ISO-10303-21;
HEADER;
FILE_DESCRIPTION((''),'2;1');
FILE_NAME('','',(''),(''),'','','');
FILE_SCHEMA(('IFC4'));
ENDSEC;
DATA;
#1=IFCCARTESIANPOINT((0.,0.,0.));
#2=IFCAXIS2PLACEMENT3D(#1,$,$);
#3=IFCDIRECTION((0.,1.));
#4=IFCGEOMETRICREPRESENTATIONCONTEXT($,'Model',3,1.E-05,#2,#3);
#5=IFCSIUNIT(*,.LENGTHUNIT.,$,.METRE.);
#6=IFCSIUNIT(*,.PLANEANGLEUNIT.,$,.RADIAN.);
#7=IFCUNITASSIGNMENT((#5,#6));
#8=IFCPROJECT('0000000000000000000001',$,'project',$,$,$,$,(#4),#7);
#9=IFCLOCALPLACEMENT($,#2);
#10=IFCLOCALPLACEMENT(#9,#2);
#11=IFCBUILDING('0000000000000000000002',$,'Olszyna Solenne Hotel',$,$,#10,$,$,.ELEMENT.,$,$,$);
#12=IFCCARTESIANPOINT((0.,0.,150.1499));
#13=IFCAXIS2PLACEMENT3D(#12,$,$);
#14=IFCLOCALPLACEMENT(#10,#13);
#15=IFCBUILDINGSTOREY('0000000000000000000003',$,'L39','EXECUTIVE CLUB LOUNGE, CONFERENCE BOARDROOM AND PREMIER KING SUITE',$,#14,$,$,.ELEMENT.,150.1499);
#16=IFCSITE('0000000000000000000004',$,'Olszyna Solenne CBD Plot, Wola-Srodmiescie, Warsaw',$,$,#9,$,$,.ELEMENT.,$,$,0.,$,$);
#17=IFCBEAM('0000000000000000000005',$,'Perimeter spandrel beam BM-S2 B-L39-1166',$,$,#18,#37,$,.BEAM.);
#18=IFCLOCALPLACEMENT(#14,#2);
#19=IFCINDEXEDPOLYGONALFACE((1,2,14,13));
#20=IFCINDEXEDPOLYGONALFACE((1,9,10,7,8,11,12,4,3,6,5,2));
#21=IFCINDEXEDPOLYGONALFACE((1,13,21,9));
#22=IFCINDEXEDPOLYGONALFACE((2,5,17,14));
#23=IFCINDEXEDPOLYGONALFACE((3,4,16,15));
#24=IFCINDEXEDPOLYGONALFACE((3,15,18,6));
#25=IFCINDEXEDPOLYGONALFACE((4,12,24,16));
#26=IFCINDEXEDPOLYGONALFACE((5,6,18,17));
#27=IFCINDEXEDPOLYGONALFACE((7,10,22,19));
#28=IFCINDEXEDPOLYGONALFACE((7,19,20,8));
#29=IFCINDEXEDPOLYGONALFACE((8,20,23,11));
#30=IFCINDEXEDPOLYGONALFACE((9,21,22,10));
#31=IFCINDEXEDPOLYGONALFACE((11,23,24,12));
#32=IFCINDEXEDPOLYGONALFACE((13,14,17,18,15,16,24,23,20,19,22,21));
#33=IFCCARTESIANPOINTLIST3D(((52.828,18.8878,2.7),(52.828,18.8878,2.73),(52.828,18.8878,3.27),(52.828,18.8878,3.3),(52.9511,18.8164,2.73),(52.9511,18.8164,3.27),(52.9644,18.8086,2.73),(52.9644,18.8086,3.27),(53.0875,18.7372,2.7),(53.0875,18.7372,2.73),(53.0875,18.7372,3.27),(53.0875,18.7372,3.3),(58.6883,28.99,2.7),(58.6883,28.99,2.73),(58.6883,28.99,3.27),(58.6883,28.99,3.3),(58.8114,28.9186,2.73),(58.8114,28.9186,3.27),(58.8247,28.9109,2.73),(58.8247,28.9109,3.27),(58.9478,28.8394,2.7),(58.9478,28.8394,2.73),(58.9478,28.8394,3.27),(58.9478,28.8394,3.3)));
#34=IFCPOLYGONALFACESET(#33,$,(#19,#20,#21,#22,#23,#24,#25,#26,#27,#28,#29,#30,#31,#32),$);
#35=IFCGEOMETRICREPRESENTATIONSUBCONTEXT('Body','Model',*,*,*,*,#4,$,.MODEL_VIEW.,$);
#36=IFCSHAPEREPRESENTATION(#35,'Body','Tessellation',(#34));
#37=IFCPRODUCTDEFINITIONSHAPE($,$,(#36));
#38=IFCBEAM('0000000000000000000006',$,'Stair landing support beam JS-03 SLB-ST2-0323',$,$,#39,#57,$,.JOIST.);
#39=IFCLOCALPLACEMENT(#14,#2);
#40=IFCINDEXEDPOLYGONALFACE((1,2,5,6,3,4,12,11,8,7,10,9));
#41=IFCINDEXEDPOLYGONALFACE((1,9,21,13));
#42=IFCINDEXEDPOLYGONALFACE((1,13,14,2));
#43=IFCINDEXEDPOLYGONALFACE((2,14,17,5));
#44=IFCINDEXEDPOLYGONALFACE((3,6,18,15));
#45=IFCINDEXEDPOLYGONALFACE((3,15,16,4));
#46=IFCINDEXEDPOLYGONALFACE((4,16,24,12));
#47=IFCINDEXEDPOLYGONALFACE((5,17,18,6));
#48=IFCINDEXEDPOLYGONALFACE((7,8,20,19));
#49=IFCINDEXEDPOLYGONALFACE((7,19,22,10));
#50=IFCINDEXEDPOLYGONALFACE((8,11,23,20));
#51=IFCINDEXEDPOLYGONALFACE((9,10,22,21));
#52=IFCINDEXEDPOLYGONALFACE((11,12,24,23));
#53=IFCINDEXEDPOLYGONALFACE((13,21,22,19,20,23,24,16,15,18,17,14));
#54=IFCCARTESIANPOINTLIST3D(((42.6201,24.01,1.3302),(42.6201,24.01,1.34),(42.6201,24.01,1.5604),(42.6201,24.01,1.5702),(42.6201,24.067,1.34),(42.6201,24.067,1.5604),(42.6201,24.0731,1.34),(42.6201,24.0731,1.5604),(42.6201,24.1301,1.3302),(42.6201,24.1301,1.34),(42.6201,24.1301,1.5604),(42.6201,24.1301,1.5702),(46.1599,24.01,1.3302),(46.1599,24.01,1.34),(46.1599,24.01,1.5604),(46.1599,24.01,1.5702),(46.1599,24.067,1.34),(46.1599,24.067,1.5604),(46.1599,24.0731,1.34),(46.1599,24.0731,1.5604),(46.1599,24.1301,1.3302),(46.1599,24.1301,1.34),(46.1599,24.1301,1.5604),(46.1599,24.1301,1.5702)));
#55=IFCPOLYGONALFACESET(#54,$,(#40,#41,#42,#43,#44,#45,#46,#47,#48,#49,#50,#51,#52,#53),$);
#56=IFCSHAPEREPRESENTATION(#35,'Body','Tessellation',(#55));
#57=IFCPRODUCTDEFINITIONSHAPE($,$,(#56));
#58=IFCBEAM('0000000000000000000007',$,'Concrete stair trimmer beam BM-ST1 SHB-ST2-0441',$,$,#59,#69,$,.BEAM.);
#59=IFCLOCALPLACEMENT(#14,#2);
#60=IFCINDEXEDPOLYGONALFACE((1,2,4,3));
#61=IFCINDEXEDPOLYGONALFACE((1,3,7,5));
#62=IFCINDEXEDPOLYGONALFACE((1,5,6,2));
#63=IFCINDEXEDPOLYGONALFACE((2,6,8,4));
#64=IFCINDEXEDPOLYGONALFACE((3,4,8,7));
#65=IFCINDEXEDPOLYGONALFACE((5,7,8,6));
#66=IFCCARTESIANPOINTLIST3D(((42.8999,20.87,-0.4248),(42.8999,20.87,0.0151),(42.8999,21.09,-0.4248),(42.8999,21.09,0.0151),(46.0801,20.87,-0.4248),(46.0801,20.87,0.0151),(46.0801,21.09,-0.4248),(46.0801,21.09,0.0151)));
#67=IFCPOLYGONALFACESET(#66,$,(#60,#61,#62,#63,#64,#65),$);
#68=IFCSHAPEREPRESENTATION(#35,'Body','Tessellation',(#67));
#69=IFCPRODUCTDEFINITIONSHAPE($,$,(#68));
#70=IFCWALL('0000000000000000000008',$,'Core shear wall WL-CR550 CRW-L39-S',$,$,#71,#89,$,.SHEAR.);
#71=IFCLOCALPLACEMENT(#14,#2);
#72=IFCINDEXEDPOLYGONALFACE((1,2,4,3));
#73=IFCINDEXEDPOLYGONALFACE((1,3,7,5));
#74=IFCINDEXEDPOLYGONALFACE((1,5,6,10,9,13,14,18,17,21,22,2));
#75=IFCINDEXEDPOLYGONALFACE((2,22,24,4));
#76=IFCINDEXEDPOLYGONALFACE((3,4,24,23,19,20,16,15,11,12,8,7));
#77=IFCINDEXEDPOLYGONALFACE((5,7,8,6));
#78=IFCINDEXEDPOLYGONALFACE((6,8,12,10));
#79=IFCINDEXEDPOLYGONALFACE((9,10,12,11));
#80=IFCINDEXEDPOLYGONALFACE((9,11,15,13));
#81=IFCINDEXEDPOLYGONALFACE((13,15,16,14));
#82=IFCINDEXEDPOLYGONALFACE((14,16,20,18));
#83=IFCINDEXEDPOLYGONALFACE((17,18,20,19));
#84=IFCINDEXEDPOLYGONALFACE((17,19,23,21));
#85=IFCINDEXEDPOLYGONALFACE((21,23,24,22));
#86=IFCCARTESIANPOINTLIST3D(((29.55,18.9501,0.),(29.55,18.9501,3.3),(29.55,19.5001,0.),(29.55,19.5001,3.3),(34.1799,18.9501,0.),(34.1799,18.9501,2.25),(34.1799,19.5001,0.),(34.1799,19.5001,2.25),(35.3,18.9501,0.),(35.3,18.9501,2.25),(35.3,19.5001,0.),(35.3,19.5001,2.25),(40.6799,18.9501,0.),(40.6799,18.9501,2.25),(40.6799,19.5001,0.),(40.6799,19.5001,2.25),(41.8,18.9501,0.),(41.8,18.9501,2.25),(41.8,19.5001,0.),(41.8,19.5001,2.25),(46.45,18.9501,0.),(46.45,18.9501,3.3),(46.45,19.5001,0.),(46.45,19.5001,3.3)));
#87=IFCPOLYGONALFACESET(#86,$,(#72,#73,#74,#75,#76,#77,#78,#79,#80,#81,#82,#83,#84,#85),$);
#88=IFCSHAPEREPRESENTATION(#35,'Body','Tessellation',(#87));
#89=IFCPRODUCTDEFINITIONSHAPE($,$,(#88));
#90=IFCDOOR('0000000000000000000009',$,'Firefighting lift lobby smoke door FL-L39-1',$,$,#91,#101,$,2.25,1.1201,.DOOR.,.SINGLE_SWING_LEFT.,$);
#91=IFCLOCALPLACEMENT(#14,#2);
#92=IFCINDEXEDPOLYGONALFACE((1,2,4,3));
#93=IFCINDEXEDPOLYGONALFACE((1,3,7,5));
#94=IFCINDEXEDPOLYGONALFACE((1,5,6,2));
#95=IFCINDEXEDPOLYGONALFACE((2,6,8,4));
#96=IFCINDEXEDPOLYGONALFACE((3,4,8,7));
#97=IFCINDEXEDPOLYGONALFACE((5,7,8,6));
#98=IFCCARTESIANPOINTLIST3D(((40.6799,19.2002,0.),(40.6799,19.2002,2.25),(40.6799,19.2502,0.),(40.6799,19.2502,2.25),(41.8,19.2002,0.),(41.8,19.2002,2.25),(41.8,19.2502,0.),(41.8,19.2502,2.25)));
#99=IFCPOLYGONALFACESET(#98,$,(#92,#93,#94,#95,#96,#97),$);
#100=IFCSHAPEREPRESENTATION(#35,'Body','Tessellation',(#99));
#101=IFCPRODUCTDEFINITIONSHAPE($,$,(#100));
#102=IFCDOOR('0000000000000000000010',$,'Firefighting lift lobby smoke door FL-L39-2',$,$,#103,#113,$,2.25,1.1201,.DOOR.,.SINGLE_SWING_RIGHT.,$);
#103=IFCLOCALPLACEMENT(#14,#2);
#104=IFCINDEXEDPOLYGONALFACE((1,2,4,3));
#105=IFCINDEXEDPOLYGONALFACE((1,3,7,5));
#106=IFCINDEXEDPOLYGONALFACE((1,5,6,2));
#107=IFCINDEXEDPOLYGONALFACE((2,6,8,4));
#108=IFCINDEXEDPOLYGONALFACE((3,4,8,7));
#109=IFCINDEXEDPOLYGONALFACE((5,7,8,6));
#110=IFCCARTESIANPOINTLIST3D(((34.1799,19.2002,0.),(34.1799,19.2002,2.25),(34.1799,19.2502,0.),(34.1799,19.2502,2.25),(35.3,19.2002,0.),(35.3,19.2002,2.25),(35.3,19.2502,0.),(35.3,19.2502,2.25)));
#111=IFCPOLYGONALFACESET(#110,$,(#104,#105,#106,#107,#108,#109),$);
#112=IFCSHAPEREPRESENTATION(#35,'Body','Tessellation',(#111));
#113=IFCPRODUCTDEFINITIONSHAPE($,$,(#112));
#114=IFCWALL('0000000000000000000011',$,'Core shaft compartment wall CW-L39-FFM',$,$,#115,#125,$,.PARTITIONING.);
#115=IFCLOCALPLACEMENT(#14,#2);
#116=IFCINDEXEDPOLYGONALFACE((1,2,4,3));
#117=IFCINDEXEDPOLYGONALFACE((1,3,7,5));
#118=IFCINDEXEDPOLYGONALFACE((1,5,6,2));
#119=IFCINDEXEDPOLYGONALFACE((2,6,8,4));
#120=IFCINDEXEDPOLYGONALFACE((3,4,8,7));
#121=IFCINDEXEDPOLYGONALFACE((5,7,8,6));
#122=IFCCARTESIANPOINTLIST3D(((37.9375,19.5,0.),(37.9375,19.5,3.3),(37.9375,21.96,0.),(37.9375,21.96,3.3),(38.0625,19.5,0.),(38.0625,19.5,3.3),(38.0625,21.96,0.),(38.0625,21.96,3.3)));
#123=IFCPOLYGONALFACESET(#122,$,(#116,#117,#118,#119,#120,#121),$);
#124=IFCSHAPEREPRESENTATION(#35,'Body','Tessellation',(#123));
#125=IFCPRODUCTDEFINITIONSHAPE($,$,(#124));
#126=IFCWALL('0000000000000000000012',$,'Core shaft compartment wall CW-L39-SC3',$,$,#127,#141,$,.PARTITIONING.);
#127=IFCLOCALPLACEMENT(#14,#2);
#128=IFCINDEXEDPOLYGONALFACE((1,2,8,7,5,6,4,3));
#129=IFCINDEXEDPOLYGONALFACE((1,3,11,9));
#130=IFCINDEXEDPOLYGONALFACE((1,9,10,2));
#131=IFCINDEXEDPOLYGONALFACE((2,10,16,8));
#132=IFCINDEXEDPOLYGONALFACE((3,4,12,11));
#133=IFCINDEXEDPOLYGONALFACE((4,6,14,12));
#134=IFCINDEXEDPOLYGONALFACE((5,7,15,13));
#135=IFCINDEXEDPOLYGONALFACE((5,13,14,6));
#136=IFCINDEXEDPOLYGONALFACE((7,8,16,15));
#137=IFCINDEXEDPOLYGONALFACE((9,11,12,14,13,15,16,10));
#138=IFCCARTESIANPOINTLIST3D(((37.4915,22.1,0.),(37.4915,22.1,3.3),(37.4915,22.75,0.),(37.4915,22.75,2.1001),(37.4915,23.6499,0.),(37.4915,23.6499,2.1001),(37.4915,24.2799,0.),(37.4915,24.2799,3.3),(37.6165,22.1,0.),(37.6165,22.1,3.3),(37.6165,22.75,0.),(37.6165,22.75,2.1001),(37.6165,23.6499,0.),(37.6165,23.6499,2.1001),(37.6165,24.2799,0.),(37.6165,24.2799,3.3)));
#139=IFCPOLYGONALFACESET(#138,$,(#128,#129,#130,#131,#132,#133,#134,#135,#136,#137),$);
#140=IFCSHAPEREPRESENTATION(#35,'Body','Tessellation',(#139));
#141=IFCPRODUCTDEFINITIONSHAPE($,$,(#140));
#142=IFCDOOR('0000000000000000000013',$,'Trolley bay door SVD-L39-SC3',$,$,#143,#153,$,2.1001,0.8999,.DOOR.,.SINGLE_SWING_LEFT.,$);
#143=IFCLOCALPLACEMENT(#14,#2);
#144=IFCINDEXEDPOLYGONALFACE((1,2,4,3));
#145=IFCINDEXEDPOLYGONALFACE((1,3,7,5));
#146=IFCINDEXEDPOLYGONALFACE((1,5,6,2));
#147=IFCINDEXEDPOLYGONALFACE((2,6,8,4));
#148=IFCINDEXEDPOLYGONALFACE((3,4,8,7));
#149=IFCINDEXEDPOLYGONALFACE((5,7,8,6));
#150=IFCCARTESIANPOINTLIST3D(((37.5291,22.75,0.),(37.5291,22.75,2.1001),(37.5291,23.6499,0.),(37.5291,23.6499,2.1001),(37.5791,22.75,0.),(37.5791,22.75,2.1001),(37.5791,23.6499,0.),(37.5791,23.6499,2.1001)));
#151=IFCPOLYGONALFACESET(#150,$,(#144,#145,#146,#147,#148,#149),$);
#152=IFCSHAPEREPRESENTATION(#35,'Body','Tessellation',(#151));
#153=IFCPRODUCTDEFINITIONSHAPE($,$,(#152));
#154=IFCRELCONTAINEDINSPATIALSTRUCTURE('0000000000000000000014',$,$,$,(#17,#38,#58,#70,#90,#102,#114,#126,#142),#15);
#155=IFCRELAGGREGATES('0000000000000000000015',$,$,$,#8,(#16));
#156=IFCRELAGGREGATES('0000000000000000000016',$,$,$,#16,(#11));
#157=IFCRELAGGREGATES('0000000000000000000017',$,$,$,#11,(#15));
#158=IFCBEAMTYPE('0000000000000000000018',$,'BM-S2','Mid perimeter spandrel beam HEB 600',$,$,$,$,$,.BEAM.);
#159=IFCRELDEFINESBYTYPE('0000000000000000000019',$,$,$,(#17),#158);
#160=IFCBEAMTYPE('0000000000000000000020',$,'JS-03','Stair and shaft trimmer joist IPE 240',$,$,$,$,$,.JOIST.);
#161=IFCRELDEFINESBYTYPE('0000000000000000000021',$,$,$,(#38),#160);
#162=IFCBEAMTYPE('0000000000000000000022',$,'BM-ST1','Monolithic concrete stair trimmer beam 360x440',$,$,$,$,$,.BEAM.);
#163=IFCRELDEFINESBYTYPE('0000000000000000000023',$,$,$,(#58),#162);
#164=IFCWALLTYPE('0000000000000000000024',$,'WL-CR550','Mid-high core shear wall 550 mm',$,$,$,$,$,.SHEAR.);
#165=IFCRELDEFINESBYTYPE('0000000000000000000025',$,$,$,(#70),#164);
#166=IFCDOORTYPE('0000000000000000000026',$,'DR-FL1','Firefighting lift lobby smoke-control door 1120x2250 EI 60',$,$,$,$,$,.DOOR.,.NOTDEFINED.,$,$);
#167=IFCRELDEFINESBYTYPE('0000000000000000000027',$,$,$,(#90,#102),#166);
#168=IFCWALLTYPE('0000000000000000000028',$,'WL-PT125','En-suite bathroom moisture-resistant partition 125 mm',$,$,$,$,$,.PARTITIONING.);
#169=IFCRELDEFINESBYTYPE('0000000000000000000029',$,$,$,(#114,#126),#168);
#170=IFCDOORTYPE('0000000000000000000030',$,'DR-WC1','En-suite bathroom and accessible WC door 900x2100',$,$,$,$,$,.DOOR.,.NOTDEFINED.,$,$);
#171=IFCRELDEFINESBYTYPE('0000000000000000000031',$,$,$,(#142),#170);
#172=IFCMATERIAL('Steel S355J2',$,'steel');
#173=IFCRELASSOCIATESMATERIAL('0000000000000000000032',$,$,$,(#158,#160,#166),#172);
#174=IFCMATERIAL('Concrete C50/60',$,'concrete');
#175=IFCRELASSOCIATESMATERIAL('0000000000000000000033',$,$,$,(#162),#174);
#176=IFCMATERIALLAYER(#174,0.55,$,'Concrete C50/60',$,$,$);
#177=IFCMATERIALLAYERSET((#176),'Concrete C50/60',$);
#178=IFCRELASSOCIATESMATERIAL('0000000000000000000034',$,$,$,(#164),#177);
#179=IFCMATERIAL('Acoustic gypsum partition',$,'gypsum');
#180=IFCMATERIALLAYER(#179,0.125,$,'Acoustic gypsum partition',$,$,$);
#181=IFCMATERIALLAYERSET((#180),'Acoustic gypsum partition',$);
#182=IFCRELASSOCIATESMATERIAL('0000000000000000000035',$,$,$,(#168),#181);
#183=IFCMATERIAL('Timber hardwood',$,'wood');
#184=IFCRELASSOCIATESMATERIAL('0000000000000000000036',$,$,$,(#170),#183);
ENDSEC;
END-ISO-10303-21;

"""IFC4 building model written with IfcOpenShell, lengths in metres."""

from ifc_helpers import new_model, si_unit, direction, frame, frame_2d, origin, origin_2d, place, context, subcontext, project, spatial, rectangle, i_section, extrude, source, transform, mapped, material, layer, layer_set, material_profile, profile_set, type_object, type_shapes, element, fill, save


model = new_model("IFC4")

# Units and contexts
model_context = context("Model", 3, precision=1e-05, world=origin(), true_north=direction((0.0, 1.0)))
body_context = subcontext(model_context, "Body", "Model", "MODEL_VIEW")
ifc_project = project(units=[si_unit("LENGTHUNIT", "METRE"), si_unit("PLANEANGLEUNIT", "RADIAN")], contexts=[model_context])

# Site, building, storey
site_placement = place(None, origin())
site = spatial("IfcSite", under=ifc_project, at=site_placement, Name="Olszyna Solenne CBD Plot, Wola-Srodmiescie, Warsaw", CompositionType="ELEMENT", RefElevation=0.0)
building_placement = place(site_placement, origin())
building = spatial("IfcBuilding", under=site, at=building_placement, Name="Olszyna Solenne Hotel", CompositionType="ELEMENT")
storey_placement = place(building_placement, frame((0.0, 0.0, 150.1499)))
storey = spatial("IfcBuildingStorey", under=building, at=storey_placement, Name="L39", Description="EXECUTIVE CLUB LOUNGE, CONFERENCE BOARDROOM AND PREMIER KING SUITE", CompositionType="ELEMENT", Elevation=150.1499)

# Beams
ifc_material_1 = material(Name="Steel S355J2", Category="steel")
ifc_material_profile_1 = material_profile(ifc_material_1, i_section(OverallWidth=0.3, OverallDepth=0.6001, WebThickness=0.0154, FlangeThickness=0.03, at=origin_2d()), Name="HEB 600", Category="load-bearing")
ifc_profile_set_1 = profile_set([ifc_material_profile_1], Name="Steel S355J2")
beam_type_1 = type_object("IfcBeamType", Name="BM-S2", Description="Mid perimeter spandrel beam HEB 600", PredefinedType="BEAM", material=ifc_profile_set_1)
shared_shape_1 = source(origin(), body_context, "Body", "SweptSolid", [
    extrude(i_section(OverallWidth=0.3, OverallDepth=0.6001, WebThickness=0.0154, FlangeThickness=0.03, at=origin_2d()), origin(), (0.0, 0.0, 1.0), 11.679),
])
beam_1_placement = place(storey_placement, frame((52.9578, 18.8125, 3.0), z_axis=(0.501783, 0.864993, 0.0), x_axis=(-0.864993, 0.501783, 0.0)))
element("IfcBeam", 1, at=beam_1_placement, inside=storey, type_object=beam_type_1, Name="Perimeter spandrel beam BM-S2 B-L39-1166", PredefinedType="BEAM", context=body_context, shape_type="MappedRepresentation", body=[
    mapped(shared_shape_1, transform((0.0, 0.0, 0.0), x_axis=(1.0, 0.0, 0.0), y_axis=(0.0, 1.0, 0.0), z_axis=(0.0, 0.0, 1.0), scale=1.0)),
])
ifc_material_profile_2 = material_profile(ifc_material_1, i_section(OverallWidth=0.1201, OverallDepth=0.24, WebThickness=0.0061, FlangeThickness=0.0098, at=origin_2d()), Name="IPE 240", Category="load-bearing")
ifc_profile_set_2 = profile_set([ifc_material_profile_2], Name="Steel S355J2")
beam_type_2 = type_object("IfcBeamType", Name="JS-03", Description="Stair and shaft trimmer joist IPE 240", PredefinedType="JOIST", material=ifc_profile_set_2)
shared_shape_2 = source(origin(), body_context, "Body", "SweptSolid", [
    extrude(i_section(OverallWidth=0.1201, OverallDepth=0.24, WebThickness=0.0061, FlangeThickness=0.0098, at=origin_2d()), origin(), (0.0, 0.0, 1.0), 3.5398),
])
beam_2_placement = place(storey_placement, frame((46.1599, 24.0701, 1.4502), z_axis=(-1.0, 0.0, 0.0), x_axis=(0.0, -1.0, 0.0)))
element("IfcBeam", 2, at=beam_2_placement, inside=storey, type_object=beam_type_2, Name="Stair landing support beam JS-03 SLB-ST2-0323", PredefinedType="JOIST", context=body_context, shape_type="MappedRepresentation", body=[
    mapped(shared_shape_2, transform((0.0, 0.0, 0.0), x_axis=(1.0, 0.0, 0.0), y_axis=(0.0, 1.0, 0.0), z_axis=(0.0, 0.0, 1.0), scale=1.0)),
])
ifc_material_2 = material(Name="Concrete C50/60", Category="concrete")
ifc_material_profile_3 = material_profile(ifc_material_2, rectangle(XDim=0.22, YDim=0.4399, at=origin_2d()), Name="RC 220x440", Category="load-bearing")
ifc_profile_set_3 = profile_set([ifc_material_profile_3], Name="Concrete C50/60")
beam_type_3 = type_object("IfcBeamType", Name="BM-ST1", Description="Monolithic concrete stair trimmer beam 360x440", PredefinedType="BEAM", material=ifc_profile_set_3)
shared_shape_3 = source(origin(), body_context, "Body", "SweptSolid", [
    extrude(rectangle(XDim=0.22, YDim=0.4399, at=origin_2d()), origin(), (0.0, 0.0, 1.0), 3.1802),
])
beam_3_placement = place(storey_placement, frame((46.0801, 20.98, -0.2048), z_axis=(-1.0, 0.0, 0.0), x_axis=(0.0, -1.0, 0.0)))
element("IfcBeam", 3, at=beam_3_placement, inside=storey, type_object=beam_type_3, Name="Concrete stair trimmer beam BM-ST1 SHB-ST2-0441", PredefinedType="BEAM", context=body_context, shape_type="MappedRepresentation", body=[
    mapped(shared_shape_3, transform((0.0, 0.0, 0.0), x_axis=(1.0, 0.0, 0.0), y_axis=(0.0, 1.0, 0.0), z_axis=(0.0, 0.0, 1.0), scale=1.0)),
])

# Wall, openings, doors
ifc_layer_1 = layer(ifc_material_2, 0.55, Name="Concrete C50/60")
ifc_layer_set_1 = layer_set([ifc_layer_1], Name="Concrete C50/60")
wall_type_1 = type_object("IfcWallType", Name="WL-CR550", Description="Mid-high core shear wall 550 mm", PredefinedType="SHEAR", material=ifc_layer_set_1)
wall_1_placement = place(storey_placement, frame((46.45, 19.2251, 0.0), z_axis=(0.0, 0.0, 1.0), x_axis=(-1.0, 0.0, 0.0)))
wall_1 = element("IfcWall", 4, at=wall_1_placement, inside=storey, type_object=wall_type_1, Name="Core shear wall WL-CR550 CRW-L39-S", PredefinedType="SHEAR", context=body_context, shape_type="SweptSolid", body=[
    extrude(rectangle(XDim=16.8999, YDim=0.55, at=frame_2d((8.45, 0.0))), origin(), (0.0, 0.0, 1.0), 3.3),
])
opening_1_placement = place(wall_1_placement, frame((4.6499, 0.0, 0.0)))
opening_1 = element("IfcOpeningElement", 5, at=opening_1_placement, cuts=wall_1, PredefinedType="OPENING", context=body_context, shape_type="SweptSolid", body=[
    extrude(rectangle(XDim=1.1201, YDim=2.25, at=frame_2d((0.5601, 1.125))), frame((0.0, 0.2852, 0.0), z_axis=(0.0, -1.0, 0.0), x_axis=(1.0, 0.0, 0.0)), (0.0, 0.0, 1.0), 0.5701),
])
opening_2_placement = place(wall_1_placement, frame((11.1499, 0.0, 0.0)))
opening_2 = element("IfcOpeningElement", 6, at=opening_2_placement, cuts=wall_1, PredefinedType="OPENING", context=body_context, shape_type="SweptSolid", body=[
    extrude(rectangle(XDim=1.1201, YDim=2.25, at=frame_2d((0.5601, 1.125))), frame((0.0, 0.2852, 0.0), z_axis=(0.0, -1.0, 0.0), x_axis=(1.0, 0.0, 0.0)), (0.0, 0.0, 1.0), 0.5701),
])
door_type_1 = type_object("IfcDoorType", Name="DR-FL1", Description="Firefighting lift lobby smoke-control door 1120x2250 EI 60", OperationType="NOTDEFINED", PredefinedType="DOOR", material=ifc_material_1)
shared_shape_4 = source(origin(), body_context, "Body", "SweptSolid", [
    extrude(rectangle(XDim=1.1201, YDim=2.25, at=frame_2d((0.5601, 1.125))), frame((0.0, 0.0249, 0.0), z_axis=(0.0, -1.0, 0.0), x_axis=(1.0, 0.0, 0.0)), (0.0, 0.0, 1.0), 0.05),
])
type_shapes(door_type_1, [shared_shape_4])
door_1_placement = place(opening_1_placement, origin())
door_1 = element("IfcDoor", 7, at=door_1_placement, inside=storey, type_object=door_type_1, Name="Firefighting lift lobby smoke door FL-L39-1", OperationType="SINGLE_SWING_LEFT", OverallHeight=2.25, OverallWidth=1.1201, PredefinedType="DOOR", context=body_context, shape_type="MappedRepresentation", body=[
    mapped(shared_shape_4, transform((0.0, 0.0, 0.0), x_axis=(1.0, 0.0, 0.0), y_axis=(0.0, 1.0, 0.0), z_axis=(0.0, 0.0, 1.0), scale=1.0)),
])
fill(opening_1, door_1)
door_2_placement = place(opening_2_placement, origin())
door_2 = element("IfcDoor", 8, at=door_2_placement, inside=storey, type_object=door_type_1, Name="Firefighting lift lobby smoke door FL-L39-2", OperationType="SINGLE_SWING_RIGHT", OverallHeight=2.25, OverallWidth=1.1201, PredefinedType="DOOR", context=body_context, shape_type="MappedRepresentation", body=[
    mapped(shared_shape_4, transform((0.0, 0.0, 0.0), x_axis=(1.0, 0.0, 0.0), y_axis=(0.0, 1.0, 0.0), z_axis=(0.0, 0.0, 1.0), scale=1.0)),
])
fill(opening_2, door_2)

# Wall
ifc_material_3 = material(Name="Acoustic gypsum partition", Category="gypsum")
ifc_layer_2 = layer(ifc_material_3, 0.125, Name="Acoustic gypsum partition")
ifc_layer_set_2 = layer_set([ifc_layer_2], Name="Acoustic gypsum partition")
wall_type_2 = type_object("IfcWallType", Name="WL-PT125", Description="En-suite bathroom moisture-resistant partition 125 mm", PredefinedType="PARTITIONING", material=ifc_layer_set_2)
wall_2_placement = place(storey_placement, frame((38.0, 19.5, 0.0), z_axis=(0.0, 0.0, 1.0), x_axis=(0.0, 1.0, 0.0)))
element("IfcWall", 9, at=wall_2_placement, inside=storey, type_object=wall_type_2, Name="Core shaft compartment wall CW-L39-FFM", PredefinedType="PARTITIONING", context=body_context, shape_type="SweptSolid", body=[
    extrude(rectangle(XDim=2.46, YDim=0.125, at=frame_2d((1.23, 0.0))), origin(), (0.0, 0.0, 1.0), 3.3),
])

# Wall, opening, door
wall_3_placement = place(storey_placement, frame((37.554, 22.1001, 0.0), z_axis=(0.0, 0.0, 1.0), x_axis=(0.0, 1.0, 0.0)))
wall_3 = element("IfcWall", 10, at=wall_3_placement, inside=storey, type_object=wall_type_2, Name="Core shaft compartment wall CW-L39-SC3", PredefinedType="PARTITIONING", context=body_context, shape_type="SweptSolid", body=[
    extrude(rectangle(XDim=2.1799, YDim=0.125, at=frame_2d((1.0898, 0.0))), origin(), (0.0, 0.0, 1.0), 3.3),
])
opening_3_placement = place(wall_3_placement, frame((0.6499, 0.0, 0.0)))
opening_3 = element("IfcOpeningElement", 11, at=opening_3_placement, cuts=wall_3, PredefinedType="OPENING", context=body_context, shape_type="SweptSolid", body=[
    extrude(rectangle(XDim=0.8999, YDim=2.1001, at=frame_2d((0.45, 1.05))), frame((0.0, 0.0725, 0.0), z_axis=(0.0, -1.0, 0.0), x_axis=(1.0, 0.0, 0.0)), (0.0, 0.0, 1.0), 0.145),
])
ifc_material_4 = material(Name="Timber hardwood", Category="wood")
door_type_2 = type_object("IfcDoorType", Name="DR-WC1", Description="En-suite bathroom and accessible WC door 900x2100", OperationType="NOTDEFINED", PredefinedType="DOOR", material=ifc_material_4)
shared_shape_5 = source(origin(), body_context, "Body", "SweptSolid", [
    extrude(rectangle(XDim=0.8999, YDim=2.1001, at=frame_2d((0.45, 1.05))), frame((0.0, 0.0249, 0.0), z_axis=(0.0, -1.0, 0.0), x_axis=(1.0, 0.0, 0.0)), (0.0, 0.0, 1.0), 0.05),
])
type_shapes(door_type_2, [shared_shape_5])
door_3_placement = place(opening_3_placement, origin())
door_3 = element("IfcDoor", 12, at=door_3_placement, inside=storey, type_object=door_type_2, Name="Trolley bay door SVD-L39-SC3", OperationType="SINGLE_SWING_LEFT", OverallHeight=2.1001, OverallWidth=0.8999, PredefinedType="DOOR", context=body_context, shape_type="MappedRepresentation", body=[
    mapped(shared_shape_5, transform((0.0, 0.0, 0.0), x_axis=(1.0, 0.0, 0.0), y_axis=(0.0, 1.0, 0.0), z_axis=(0.0, 0.0, 1.0), scale=1.0)),
])
fill(opening_3, door_3)

save(model, "model.ifc")
